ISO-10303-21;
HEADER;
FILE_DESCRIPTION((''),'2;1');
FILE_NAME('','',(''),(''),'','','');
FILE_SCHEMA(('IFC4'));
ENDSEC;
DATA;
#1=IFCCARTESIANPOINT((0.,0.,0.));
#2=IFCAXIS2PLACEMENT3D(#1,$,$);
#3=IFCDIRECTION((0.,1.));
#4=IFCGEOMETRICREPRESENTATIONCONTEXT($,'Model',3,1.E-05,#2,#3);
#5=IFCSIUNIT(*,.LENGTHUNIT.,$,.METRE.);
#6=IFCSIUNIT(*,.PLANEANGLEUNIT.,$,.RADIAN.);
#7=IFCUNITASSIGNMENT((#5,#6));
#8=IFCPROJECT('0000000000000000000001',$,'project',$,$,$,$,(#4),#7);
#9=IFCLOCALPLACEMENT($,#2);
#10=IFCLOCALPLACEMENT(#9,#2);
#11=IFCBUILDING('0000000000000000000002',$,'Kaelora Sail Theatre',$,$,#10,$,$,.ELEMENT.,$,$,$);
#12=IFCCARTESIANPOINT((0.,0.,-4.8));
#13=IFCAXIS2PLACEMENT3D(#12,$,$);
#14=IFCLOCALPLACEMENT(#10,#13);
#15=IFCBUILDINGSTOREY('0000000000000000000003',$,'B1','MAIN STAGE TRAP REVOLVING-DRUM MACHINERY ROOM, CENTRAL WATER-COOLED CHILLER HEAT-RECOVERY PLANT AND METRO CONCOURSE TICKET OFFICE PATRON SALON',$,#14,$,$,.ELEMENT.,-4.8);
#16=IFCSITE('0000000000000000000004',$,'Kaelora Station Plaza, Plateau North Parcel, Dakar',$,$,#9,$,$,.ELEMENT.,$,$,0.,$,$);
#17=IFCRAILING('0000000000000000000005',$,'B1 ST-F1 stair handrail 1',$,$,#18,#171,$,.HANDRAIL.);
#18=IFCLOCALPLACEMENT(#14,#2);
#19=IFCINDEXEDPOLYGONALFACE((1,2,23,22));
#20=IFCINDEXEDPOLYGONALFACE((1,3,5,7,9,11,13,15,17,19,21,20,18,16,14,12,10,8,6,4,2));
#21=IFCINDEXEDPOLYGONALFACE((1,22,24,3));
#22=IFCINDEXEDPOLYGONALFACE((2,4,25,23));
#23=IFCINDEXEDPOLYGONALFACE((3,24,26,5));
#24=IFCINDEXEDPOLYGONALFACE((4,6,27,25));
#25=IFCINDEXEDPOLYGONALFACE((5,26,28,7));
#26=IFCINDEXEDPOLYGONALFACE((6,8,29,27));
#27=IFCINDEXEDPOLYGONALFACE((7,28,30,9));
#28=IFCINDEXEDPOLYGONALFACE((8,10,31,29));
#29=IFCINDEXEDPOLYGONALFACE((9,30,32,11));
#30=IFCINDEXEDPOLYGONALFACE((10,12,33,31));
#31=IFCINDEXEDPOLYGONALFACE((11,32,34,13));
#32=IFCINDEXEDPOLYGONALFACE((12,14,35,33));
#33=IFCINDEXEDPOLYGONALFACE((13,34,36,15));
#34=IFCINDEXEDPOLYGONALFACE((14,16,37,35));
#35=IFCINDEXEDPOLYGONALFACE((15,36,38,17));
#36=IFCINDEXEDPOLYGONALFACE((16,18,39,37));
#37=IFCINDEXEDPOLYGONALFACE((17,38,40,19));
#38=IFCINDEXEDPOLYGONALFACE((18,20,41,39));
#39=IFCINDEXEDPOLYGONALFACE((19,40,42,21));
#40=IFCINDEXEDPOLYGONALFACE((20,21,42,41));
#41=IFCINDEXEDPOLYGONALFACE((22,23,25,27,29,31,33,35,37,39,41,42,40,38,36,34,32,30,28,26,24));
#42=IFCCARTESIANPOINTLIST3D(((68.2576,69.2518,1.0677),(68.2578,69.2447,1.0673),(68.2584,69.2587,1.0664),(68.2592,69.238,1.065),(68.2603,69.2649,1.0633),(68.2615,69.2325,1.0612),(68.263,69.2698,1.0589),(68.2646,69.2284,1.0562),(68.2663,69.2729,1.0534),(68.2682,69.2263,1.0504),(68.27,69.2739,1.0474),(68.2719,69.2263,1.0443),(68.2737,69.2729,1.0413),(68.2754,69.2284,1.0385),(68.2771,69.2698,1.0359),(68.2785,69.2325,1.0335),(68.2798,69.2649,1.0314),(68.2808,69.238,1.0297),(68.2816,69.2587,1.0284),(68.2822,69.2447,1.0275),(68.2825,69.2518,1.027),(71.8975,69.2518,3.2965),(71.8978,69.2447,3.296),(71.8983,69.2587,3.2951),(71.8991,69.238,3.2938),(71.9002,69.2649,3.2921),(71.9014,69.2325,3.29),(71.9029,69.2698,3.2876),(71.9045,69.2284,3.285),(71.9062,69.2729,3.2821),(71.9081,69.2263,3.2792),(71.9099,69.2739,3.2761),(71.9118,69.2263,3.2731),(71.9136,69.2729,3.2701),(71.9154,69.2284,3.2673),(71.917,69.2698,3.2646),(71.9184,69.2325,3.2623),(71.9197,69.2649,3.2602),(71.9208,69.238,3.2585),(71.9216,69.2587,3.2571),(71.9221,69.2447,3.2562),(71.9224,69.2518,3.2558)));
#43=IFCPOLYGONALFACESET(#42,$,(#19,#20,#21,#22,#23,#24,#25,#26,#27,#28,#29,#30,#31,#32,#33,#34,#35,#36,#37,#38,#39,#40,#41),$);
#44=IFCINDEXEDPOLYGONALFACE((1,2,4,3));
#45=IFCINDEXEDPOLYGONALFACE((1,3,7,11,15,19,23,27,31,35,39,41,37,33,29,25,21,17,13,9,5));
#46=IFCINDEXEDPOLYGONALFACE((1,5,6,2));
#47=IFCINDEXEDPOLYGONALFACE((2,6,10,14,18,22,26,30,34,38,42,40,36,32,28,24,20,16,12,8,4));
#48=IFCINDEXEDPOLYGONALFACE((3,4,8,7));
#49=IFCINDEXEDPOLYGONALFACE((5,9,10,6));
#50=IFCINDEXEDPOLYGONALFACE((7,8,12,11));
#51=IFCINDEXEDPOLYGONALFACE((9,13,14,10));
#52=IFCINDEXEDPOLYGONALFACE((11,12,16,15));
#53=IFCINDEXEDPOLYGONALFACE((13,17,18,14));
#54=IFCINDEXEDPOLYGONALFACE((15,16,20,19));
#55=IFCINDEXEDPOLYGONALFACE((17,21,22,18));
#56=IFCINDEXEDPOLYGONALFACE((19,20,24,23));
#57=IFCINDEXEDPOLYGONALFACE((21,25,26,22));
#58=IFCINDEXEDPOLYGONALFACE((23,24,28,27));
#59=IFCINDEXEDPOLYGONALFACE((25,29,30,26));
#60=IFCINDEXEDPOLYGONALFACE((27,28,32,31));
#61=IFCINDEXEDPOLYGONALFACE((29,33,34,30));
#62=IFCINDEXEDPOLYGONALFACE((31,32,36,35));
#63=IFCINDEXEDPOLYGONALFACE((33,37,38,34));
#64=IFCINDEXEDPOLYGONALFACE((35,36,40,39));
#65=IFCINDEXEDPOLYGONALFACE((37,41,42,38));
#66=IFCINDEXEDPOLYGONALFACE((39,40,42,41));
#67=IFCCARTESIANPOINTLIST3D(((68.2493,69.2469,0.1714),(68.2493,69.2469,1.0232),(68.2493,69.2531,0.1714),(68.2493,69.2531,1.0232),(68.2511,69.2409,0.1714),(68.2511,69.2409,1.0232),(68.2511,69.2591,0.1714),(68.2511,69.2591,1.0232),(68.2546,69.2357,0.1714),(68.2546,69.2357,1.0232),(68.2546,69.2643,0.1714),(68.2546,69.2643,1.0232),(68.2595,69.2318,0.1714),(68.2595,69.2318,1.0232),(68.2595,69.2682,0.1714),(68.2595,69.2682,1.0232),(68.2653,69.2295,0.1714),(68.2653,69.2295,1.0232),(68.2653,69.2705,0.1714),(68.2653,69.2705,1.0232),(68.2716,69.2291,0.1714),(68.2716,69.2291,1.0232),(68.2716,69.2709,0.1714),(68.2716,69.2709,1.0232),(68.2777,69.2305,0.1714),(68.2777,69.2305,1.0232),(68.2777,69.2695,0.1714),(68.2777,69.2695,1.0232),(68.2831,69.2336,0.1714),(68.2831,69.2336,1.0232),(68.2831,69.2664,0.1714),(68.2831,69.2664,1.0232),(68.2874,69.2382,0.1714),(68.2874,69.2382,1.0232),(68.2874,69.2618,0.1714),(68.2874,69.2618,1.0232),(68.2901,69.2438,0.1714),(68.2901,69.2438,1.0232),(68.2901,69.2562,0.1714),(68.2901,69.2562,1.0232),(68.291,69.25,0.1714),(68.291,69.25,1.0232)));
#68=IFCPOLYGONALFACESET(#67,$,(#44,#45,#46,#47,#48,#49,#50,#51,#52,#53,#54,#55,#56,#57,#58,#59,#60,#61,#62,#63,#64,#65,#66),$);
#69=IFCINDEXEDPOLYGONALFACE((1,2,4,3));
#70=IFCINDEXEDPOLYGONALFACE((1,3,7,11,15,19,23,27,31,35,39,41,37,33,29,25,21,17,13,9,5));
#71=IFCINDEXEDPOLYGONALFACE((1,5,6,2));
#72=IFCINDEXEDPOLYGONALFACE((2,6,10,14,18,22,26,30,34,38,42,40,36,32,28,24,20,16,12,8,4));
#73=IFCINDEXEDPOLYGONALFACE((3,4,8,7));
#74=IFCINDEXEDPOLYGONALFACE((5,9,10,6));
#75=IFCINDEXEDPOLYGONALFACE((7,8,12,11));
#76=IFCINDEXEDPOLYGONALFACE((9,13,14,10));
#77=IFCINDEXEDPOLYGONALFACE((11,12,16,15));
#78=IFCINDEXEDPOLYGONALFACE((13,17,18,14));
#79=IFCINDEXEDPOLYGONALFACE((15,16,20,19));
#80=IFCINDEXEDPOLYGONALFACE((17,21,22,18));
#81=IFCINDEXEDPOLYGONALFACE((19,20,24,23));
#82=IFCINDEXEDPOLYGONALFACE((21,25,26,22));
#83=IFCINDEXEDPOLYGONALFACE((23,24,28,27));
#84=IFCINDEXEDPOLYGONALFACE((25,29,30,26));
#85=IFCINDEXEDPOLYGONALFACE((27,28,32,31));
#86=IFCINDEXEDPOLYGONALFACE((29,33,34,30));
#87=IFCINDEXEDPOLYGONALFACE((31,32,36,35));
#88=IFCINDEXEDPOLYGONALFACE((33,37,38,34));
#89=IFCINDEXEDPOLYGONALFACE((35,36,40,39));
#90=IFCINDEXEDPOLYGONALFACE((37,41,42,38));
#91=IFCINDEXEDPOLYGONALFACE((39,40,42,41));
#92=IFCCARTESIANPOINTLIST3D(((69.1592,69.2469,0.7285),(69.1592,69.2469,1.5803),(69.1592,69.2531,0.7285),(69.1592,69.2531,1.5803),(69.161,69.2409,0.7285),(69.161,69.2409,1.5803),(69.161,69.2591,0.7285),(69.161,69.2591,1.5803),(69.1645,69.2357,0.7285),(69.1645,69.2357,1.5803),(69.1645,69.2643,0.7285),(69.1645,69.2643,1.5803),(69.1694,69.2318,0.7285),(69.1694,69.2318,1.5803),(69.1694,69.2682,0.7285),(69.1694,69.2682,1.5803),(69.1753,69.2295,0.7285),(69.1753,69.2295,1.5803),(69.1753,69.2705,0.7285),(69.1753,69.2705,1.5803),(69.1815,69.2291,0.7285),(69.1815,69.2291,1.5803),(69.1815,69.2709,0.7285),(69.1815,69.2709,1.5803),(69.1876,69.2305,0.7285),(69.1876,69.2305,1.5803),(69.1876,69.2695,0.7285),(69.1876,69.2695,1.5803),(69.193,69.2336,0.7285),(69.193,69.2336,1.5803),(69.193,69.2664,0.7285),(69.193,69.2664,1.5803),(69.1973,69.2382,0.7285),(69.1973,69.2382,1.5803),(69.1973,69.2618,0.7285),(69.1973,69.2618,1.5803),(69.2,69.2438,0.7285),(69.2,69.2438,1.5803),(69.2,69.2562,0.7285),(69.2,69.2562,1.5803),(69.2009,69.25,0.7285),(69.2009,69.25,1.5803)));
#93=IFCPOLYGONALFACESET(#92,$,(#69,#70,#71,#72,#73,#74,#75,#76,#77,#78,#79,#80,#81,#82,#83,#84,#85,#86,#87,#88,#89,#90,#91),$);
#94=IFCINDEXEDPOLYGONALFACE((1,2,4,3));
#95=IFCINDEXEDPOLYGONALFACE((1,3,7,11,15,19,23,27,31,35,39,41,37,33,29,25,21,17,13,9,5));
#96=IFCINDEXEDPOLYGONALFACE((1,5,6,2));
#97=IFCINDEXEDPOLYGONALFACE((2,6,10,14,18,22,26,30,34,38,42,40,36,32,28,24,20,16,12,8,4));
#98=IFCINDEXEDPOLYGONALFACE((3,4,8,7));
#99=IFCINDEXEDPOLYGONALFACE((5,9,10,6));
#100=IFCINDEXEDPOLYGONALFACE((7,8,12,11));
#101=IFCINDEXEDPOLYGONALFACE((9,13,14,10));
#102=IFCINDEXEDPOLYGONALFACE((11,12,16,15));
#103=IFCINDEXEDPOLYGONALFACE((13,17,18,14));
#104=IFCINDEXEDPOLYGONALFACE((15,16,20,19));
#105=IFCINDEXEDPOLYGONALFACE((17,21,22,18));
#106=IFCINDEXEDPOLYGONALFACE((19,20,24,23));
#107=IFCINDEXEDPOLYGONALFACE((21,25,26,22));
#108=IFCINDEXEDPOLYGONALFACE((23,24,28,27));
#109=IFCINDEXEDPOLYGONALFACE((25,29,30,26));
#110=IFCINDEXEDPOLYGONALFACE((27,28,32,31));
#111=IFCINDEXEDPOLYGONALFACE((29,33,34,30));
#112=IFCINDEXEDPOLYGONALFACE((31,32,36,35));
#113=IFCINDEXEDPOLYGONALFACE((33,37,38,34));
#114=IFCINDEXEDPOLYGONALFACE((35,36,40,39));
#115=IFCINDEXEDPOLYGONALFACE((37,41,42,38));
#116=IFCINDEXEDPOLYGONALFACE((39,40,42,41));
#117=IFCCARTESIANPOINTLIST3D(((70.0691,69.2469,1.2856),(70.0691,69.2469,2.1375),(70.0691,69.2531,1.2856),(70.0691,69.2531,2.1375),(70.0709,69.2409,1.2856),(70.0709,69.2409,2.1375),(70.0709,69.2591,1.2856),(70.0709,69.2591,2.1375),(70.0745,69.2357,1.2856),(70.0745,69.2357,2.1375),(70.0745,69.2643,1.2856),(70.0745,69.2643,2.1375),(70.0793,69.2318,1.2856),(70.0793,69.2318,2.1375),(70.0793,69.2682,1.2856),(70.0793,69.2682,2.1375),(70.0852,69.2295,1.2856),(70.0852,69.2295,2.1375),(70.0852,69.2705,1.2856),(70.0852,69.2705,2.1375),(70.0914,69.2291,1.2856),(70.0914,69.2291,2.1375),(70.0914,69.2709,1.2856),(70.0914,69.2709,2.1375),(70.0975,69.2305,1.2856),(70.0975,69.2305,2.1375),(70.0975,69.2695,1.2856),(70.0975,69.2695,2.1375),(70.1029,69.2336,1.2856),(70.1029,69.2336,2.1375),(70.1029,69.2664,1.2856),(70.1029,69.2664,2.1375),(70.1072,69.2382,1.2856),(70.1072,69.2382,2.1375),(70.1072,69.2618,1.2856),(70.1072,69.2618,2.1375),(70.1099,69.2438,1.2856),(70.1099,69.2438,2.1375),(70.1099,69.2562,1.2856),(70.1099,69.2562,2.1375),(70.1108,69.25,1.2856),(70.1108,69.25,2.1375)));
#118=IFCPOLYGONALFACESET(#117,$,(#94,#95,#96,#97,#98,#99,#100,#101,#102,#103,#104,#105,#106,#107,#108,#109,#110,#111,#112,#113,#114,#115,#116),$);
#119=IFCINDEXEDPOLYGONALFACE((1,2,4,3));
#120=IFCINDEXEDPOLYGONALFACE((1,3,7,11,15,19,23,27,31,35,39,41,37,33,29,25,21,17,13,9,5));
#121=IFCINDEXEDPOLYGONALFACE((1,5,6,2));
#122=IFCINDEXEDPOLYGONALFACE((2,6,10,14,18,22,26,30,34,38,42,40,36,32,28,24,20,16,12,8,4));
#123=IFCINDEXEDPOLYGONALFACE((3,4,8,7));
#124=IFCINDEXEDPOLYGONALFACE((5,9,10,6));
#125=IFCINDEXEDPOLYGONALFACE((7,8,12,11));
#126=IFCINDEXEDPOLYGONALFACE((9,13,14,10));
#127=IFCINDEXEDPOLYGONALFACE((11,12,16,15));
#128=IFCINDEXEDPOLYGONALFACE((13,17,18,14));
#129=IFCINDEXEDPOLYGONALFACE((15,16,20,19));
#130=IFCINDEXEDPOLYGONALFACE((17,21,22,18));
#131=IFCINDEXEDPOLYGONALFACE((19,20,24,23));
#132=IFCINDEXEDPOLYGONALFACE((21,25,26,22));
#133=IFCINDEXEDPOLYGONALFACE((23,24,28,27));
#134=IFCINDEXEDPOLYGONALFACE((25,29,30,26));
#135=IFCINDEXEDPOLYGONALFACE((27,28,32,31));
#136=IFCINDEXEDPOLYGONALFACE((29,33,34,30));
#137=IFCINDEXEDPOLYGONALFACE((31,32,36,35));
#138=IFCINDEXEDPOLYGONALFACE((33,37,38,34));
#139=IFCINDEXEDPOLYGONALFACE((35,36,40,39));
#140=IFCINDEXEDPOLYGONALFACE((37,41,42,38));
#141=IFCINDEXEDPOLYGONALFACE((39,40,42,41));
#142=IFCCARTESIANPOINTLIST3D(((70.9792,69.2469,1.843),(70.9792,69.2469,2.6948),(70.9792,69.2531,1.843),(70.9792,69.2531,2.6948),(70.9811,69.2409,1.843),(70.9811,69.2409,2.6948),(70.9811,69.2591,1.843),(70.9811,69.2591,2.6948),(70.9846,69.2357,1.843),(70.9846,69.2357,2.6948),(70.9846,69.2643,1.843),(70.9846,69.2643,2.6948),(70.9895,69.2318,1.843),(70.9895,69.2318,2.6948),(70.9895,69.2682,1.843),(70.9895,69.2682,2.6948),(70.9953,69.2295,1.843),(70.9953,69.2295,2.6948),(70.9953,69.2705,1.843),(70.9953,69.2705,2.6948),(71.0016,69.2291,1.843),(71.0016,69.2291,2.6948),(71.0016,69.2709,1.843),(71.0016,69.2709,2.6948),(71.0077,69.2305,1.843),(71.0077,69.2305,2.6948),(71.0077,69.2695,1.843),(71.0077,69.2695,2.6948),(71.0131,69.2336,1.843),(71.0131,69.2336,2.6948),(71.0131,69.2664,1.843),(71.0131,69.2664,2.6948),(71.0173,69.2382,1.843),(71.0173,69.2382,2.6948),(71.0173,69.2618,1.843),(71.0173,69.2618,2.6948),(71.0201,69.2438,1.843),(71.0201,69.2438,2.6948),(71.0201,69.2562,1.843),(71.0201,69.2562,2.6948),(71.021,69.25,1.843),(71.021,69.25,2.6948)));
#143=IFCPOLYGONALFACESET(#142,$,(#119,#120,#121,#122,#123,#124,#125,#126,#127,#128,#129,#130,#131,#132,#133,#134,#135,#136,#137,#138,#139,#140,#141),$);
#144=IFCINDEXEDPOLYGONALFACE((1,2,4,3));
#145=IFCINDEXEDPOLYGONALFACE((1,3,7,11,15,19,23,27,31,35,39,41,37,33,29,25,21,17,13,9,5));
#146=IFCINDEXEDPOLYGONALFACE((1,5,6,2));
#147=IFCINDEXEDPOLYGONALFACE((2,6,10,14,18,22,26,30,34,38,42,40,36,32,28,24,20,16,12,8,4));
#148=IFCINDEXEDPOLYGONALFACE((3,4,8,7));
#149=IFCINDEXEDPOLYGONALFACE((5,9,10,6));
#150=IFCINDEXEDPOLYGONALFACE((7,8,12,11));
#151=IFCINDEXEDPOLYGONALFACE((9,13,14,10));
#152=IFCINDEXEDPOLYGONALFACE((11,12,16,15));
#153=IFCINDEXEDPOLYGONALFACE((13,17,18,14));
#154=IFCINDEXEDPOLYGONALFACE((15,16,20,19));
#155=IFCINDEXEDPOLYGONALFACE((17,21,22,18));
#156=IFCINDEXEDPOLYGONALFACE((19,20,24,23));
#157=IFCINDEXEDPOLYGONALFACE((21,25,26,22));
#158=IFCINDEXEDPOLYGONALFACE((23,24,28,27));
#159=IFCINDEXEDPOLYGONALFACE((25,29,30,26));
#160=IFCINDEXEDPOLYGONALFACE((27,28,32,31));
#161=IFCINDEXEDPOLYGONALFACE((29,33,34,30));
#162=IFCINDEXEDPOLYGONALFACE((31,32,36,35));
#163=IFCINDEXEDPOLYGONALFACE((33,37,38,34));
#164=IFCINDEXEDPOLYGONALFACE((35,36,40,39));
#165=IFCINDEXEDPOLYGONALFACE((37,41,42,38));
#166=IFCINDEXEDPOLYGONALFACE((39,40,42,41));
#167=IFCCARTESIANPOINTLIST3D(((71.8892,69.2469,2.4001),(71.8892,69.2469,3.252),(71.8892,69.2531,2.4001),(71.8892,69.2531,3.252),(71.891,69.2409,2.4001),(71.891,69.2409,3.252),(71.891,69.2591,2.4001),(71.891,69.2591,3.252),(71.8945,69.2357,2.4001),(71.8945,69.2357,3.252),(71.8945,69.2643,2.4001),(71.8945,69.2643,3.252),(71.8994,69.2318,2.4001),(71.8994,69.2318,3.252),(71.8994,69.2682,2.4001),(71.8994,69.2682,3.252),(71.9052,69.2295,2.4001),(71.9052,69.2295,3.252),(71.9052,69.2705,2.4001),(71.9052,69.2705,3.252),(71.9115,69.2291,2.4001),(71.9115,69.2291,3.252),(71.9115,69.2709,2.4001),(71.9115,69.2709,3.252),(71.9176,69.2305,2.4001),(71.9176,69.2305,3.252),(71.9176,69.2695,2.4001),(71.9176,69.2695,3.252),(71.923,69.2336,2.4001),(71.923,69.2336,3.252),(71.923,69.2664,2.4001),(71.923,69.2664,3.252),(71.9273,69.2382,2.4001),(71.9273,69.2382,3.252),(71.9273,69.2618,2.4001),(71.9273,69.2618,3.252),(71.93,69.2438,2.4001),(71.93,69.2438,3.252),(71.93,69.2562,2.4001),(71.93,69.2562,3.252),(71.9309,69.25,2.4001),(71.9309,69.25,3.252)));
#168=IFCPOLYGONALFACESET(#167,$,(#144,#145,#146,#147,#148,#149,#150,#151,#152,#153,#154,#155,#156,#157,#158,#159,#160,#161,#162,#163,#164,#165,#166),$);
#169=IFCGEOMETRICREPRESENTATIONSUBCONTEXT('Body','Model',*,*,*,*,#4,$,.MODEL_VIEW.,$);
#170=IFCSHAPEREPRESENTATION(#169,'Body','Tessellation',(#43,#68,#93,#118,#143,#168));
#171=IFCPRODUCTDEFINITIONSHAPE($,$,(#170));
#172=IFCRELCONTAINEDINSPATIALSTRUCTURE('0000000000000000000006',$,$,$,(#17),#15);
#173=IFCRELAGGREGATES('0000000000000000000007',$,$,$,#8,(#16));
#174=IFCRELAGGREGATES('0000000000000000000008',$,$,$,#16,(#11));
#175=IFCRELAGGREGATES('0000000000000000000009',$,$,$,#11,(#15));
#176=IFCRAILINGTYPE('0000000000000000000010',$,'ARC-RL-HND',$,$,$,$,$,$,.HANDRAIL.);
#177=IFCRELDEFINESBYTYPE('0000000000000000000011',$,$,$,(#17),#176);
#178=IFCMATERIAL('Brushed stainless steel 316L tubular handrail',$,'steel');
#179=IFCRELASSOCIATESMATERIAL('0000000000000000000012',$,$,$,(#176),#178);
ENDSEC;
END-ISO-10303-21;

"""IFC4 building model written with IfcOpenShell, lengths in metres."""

from ifc_helpers import new_model, si_unit, direction, frame, origin, origin_2d, place, context, subcontext, project, spatial, circle, extrude, material, type_object, element, save


model = new_model("IFC4")

# Units and contexts
model_context = context("Model", 3, precision=1e-05, world=origin(), true_north=direction((0.0, 1.0)))
body_context = subcontext(model_context, "Body", "Model", "MODEL_VIEW")
ifc_project = project(units=[si_unit("LENGTHUNIT", "METRE"), si_unit("PLANEANGLEUNIT", "RADIAN")], contexts=[model_context])

# Site, building, storey
site_placement = place(None, origin())
site = spatial("IfcSite", under=ifc_project, at=site_placement, Name="Kaelora Station Plaza, Plateau North Parcel, Dakar", CompositionType="ELEMENT", RefElevation=0.0)
building_placement = place(site_placement, origin())
building = spatial("IfcBuilding", under=site, at=building_placement, Name="Kaelora Sail Theatre", CompositionType="ELEMENT")
storey_placement = place(building_placement, frame((0.0, 0.0, -4.8)))
storey = spatial("IfcBuildingStorey", under=building, at=storey_placement, Name="B1", Description="MAIN STAGE TRAP REVOLVING-DRUM MACHINERY ROOM, CENTRAL WATER-COOLED CHILLER HEAT-RECOVERY PLANT AND METRO CONCOURSE TICKET OFFICE PATRON SALON", CompositionType="ELEMENT", Elevation=-4.8)

# Railing
ifc_material_1 = material(Name="Brushed stainless steel 316L tubular handrail", Category="steel")
railing_type_1 = type_object("IfcRailingType", Name="ARC-RL-HND", PredefinedType="HANDRAIL", material=ifc_material_1)
railing_1_placement = place(storey_placement, frame((68.27, 69.25, 0.1714)))
element("IfcRailing", 1, at=railing_1_placement, inside=storey, type_object=railing_type_1, Name="B1 ST-F1 stair handrail 1", PredefinedType="HANDRAIL", context=body_context, shape_type="SweptSolid", body=[
    extrude(circle(Radius=0.0239, at=origin_2d()), frame((0.0, 0.0, 0.876), z_axis=(0.852825, 0.0, 0.522197), x_axis=(0.0, 1.0, 0.0)), (0.0, 0.0, 1.0), 4.2681),
    extrude(circle(Radius=0.021, at=origin_2d()), origin(), (0.0, 0.0, 1.0), 0.8518),
    extrude(circle(Radius=0.021, at=origin_2d()), frame((0.9099, 0.0, 0.5571)), (0.0, 0.0, 1.0), 0.8518),
    extrude(circle(Radius=0.021, at=origin_2d()), frame((1.8198, 0.0, 1.1143)), (0.0, 0.0, 1.0), 0.8518),
    extrude(circle(Radius=0.021, at=origin_2d()), frame((2.73, 0.0, 1.6716)), (0.0, 0.0, 1.0), 0.8518),
    extrude(circle(Radius=0.021, at=origin_2d()), frame((3.6399, 0.0, 2.2288)), (0.0, 0.0, 1.0), 0.8518),
])

save(model, "model.ifc")
